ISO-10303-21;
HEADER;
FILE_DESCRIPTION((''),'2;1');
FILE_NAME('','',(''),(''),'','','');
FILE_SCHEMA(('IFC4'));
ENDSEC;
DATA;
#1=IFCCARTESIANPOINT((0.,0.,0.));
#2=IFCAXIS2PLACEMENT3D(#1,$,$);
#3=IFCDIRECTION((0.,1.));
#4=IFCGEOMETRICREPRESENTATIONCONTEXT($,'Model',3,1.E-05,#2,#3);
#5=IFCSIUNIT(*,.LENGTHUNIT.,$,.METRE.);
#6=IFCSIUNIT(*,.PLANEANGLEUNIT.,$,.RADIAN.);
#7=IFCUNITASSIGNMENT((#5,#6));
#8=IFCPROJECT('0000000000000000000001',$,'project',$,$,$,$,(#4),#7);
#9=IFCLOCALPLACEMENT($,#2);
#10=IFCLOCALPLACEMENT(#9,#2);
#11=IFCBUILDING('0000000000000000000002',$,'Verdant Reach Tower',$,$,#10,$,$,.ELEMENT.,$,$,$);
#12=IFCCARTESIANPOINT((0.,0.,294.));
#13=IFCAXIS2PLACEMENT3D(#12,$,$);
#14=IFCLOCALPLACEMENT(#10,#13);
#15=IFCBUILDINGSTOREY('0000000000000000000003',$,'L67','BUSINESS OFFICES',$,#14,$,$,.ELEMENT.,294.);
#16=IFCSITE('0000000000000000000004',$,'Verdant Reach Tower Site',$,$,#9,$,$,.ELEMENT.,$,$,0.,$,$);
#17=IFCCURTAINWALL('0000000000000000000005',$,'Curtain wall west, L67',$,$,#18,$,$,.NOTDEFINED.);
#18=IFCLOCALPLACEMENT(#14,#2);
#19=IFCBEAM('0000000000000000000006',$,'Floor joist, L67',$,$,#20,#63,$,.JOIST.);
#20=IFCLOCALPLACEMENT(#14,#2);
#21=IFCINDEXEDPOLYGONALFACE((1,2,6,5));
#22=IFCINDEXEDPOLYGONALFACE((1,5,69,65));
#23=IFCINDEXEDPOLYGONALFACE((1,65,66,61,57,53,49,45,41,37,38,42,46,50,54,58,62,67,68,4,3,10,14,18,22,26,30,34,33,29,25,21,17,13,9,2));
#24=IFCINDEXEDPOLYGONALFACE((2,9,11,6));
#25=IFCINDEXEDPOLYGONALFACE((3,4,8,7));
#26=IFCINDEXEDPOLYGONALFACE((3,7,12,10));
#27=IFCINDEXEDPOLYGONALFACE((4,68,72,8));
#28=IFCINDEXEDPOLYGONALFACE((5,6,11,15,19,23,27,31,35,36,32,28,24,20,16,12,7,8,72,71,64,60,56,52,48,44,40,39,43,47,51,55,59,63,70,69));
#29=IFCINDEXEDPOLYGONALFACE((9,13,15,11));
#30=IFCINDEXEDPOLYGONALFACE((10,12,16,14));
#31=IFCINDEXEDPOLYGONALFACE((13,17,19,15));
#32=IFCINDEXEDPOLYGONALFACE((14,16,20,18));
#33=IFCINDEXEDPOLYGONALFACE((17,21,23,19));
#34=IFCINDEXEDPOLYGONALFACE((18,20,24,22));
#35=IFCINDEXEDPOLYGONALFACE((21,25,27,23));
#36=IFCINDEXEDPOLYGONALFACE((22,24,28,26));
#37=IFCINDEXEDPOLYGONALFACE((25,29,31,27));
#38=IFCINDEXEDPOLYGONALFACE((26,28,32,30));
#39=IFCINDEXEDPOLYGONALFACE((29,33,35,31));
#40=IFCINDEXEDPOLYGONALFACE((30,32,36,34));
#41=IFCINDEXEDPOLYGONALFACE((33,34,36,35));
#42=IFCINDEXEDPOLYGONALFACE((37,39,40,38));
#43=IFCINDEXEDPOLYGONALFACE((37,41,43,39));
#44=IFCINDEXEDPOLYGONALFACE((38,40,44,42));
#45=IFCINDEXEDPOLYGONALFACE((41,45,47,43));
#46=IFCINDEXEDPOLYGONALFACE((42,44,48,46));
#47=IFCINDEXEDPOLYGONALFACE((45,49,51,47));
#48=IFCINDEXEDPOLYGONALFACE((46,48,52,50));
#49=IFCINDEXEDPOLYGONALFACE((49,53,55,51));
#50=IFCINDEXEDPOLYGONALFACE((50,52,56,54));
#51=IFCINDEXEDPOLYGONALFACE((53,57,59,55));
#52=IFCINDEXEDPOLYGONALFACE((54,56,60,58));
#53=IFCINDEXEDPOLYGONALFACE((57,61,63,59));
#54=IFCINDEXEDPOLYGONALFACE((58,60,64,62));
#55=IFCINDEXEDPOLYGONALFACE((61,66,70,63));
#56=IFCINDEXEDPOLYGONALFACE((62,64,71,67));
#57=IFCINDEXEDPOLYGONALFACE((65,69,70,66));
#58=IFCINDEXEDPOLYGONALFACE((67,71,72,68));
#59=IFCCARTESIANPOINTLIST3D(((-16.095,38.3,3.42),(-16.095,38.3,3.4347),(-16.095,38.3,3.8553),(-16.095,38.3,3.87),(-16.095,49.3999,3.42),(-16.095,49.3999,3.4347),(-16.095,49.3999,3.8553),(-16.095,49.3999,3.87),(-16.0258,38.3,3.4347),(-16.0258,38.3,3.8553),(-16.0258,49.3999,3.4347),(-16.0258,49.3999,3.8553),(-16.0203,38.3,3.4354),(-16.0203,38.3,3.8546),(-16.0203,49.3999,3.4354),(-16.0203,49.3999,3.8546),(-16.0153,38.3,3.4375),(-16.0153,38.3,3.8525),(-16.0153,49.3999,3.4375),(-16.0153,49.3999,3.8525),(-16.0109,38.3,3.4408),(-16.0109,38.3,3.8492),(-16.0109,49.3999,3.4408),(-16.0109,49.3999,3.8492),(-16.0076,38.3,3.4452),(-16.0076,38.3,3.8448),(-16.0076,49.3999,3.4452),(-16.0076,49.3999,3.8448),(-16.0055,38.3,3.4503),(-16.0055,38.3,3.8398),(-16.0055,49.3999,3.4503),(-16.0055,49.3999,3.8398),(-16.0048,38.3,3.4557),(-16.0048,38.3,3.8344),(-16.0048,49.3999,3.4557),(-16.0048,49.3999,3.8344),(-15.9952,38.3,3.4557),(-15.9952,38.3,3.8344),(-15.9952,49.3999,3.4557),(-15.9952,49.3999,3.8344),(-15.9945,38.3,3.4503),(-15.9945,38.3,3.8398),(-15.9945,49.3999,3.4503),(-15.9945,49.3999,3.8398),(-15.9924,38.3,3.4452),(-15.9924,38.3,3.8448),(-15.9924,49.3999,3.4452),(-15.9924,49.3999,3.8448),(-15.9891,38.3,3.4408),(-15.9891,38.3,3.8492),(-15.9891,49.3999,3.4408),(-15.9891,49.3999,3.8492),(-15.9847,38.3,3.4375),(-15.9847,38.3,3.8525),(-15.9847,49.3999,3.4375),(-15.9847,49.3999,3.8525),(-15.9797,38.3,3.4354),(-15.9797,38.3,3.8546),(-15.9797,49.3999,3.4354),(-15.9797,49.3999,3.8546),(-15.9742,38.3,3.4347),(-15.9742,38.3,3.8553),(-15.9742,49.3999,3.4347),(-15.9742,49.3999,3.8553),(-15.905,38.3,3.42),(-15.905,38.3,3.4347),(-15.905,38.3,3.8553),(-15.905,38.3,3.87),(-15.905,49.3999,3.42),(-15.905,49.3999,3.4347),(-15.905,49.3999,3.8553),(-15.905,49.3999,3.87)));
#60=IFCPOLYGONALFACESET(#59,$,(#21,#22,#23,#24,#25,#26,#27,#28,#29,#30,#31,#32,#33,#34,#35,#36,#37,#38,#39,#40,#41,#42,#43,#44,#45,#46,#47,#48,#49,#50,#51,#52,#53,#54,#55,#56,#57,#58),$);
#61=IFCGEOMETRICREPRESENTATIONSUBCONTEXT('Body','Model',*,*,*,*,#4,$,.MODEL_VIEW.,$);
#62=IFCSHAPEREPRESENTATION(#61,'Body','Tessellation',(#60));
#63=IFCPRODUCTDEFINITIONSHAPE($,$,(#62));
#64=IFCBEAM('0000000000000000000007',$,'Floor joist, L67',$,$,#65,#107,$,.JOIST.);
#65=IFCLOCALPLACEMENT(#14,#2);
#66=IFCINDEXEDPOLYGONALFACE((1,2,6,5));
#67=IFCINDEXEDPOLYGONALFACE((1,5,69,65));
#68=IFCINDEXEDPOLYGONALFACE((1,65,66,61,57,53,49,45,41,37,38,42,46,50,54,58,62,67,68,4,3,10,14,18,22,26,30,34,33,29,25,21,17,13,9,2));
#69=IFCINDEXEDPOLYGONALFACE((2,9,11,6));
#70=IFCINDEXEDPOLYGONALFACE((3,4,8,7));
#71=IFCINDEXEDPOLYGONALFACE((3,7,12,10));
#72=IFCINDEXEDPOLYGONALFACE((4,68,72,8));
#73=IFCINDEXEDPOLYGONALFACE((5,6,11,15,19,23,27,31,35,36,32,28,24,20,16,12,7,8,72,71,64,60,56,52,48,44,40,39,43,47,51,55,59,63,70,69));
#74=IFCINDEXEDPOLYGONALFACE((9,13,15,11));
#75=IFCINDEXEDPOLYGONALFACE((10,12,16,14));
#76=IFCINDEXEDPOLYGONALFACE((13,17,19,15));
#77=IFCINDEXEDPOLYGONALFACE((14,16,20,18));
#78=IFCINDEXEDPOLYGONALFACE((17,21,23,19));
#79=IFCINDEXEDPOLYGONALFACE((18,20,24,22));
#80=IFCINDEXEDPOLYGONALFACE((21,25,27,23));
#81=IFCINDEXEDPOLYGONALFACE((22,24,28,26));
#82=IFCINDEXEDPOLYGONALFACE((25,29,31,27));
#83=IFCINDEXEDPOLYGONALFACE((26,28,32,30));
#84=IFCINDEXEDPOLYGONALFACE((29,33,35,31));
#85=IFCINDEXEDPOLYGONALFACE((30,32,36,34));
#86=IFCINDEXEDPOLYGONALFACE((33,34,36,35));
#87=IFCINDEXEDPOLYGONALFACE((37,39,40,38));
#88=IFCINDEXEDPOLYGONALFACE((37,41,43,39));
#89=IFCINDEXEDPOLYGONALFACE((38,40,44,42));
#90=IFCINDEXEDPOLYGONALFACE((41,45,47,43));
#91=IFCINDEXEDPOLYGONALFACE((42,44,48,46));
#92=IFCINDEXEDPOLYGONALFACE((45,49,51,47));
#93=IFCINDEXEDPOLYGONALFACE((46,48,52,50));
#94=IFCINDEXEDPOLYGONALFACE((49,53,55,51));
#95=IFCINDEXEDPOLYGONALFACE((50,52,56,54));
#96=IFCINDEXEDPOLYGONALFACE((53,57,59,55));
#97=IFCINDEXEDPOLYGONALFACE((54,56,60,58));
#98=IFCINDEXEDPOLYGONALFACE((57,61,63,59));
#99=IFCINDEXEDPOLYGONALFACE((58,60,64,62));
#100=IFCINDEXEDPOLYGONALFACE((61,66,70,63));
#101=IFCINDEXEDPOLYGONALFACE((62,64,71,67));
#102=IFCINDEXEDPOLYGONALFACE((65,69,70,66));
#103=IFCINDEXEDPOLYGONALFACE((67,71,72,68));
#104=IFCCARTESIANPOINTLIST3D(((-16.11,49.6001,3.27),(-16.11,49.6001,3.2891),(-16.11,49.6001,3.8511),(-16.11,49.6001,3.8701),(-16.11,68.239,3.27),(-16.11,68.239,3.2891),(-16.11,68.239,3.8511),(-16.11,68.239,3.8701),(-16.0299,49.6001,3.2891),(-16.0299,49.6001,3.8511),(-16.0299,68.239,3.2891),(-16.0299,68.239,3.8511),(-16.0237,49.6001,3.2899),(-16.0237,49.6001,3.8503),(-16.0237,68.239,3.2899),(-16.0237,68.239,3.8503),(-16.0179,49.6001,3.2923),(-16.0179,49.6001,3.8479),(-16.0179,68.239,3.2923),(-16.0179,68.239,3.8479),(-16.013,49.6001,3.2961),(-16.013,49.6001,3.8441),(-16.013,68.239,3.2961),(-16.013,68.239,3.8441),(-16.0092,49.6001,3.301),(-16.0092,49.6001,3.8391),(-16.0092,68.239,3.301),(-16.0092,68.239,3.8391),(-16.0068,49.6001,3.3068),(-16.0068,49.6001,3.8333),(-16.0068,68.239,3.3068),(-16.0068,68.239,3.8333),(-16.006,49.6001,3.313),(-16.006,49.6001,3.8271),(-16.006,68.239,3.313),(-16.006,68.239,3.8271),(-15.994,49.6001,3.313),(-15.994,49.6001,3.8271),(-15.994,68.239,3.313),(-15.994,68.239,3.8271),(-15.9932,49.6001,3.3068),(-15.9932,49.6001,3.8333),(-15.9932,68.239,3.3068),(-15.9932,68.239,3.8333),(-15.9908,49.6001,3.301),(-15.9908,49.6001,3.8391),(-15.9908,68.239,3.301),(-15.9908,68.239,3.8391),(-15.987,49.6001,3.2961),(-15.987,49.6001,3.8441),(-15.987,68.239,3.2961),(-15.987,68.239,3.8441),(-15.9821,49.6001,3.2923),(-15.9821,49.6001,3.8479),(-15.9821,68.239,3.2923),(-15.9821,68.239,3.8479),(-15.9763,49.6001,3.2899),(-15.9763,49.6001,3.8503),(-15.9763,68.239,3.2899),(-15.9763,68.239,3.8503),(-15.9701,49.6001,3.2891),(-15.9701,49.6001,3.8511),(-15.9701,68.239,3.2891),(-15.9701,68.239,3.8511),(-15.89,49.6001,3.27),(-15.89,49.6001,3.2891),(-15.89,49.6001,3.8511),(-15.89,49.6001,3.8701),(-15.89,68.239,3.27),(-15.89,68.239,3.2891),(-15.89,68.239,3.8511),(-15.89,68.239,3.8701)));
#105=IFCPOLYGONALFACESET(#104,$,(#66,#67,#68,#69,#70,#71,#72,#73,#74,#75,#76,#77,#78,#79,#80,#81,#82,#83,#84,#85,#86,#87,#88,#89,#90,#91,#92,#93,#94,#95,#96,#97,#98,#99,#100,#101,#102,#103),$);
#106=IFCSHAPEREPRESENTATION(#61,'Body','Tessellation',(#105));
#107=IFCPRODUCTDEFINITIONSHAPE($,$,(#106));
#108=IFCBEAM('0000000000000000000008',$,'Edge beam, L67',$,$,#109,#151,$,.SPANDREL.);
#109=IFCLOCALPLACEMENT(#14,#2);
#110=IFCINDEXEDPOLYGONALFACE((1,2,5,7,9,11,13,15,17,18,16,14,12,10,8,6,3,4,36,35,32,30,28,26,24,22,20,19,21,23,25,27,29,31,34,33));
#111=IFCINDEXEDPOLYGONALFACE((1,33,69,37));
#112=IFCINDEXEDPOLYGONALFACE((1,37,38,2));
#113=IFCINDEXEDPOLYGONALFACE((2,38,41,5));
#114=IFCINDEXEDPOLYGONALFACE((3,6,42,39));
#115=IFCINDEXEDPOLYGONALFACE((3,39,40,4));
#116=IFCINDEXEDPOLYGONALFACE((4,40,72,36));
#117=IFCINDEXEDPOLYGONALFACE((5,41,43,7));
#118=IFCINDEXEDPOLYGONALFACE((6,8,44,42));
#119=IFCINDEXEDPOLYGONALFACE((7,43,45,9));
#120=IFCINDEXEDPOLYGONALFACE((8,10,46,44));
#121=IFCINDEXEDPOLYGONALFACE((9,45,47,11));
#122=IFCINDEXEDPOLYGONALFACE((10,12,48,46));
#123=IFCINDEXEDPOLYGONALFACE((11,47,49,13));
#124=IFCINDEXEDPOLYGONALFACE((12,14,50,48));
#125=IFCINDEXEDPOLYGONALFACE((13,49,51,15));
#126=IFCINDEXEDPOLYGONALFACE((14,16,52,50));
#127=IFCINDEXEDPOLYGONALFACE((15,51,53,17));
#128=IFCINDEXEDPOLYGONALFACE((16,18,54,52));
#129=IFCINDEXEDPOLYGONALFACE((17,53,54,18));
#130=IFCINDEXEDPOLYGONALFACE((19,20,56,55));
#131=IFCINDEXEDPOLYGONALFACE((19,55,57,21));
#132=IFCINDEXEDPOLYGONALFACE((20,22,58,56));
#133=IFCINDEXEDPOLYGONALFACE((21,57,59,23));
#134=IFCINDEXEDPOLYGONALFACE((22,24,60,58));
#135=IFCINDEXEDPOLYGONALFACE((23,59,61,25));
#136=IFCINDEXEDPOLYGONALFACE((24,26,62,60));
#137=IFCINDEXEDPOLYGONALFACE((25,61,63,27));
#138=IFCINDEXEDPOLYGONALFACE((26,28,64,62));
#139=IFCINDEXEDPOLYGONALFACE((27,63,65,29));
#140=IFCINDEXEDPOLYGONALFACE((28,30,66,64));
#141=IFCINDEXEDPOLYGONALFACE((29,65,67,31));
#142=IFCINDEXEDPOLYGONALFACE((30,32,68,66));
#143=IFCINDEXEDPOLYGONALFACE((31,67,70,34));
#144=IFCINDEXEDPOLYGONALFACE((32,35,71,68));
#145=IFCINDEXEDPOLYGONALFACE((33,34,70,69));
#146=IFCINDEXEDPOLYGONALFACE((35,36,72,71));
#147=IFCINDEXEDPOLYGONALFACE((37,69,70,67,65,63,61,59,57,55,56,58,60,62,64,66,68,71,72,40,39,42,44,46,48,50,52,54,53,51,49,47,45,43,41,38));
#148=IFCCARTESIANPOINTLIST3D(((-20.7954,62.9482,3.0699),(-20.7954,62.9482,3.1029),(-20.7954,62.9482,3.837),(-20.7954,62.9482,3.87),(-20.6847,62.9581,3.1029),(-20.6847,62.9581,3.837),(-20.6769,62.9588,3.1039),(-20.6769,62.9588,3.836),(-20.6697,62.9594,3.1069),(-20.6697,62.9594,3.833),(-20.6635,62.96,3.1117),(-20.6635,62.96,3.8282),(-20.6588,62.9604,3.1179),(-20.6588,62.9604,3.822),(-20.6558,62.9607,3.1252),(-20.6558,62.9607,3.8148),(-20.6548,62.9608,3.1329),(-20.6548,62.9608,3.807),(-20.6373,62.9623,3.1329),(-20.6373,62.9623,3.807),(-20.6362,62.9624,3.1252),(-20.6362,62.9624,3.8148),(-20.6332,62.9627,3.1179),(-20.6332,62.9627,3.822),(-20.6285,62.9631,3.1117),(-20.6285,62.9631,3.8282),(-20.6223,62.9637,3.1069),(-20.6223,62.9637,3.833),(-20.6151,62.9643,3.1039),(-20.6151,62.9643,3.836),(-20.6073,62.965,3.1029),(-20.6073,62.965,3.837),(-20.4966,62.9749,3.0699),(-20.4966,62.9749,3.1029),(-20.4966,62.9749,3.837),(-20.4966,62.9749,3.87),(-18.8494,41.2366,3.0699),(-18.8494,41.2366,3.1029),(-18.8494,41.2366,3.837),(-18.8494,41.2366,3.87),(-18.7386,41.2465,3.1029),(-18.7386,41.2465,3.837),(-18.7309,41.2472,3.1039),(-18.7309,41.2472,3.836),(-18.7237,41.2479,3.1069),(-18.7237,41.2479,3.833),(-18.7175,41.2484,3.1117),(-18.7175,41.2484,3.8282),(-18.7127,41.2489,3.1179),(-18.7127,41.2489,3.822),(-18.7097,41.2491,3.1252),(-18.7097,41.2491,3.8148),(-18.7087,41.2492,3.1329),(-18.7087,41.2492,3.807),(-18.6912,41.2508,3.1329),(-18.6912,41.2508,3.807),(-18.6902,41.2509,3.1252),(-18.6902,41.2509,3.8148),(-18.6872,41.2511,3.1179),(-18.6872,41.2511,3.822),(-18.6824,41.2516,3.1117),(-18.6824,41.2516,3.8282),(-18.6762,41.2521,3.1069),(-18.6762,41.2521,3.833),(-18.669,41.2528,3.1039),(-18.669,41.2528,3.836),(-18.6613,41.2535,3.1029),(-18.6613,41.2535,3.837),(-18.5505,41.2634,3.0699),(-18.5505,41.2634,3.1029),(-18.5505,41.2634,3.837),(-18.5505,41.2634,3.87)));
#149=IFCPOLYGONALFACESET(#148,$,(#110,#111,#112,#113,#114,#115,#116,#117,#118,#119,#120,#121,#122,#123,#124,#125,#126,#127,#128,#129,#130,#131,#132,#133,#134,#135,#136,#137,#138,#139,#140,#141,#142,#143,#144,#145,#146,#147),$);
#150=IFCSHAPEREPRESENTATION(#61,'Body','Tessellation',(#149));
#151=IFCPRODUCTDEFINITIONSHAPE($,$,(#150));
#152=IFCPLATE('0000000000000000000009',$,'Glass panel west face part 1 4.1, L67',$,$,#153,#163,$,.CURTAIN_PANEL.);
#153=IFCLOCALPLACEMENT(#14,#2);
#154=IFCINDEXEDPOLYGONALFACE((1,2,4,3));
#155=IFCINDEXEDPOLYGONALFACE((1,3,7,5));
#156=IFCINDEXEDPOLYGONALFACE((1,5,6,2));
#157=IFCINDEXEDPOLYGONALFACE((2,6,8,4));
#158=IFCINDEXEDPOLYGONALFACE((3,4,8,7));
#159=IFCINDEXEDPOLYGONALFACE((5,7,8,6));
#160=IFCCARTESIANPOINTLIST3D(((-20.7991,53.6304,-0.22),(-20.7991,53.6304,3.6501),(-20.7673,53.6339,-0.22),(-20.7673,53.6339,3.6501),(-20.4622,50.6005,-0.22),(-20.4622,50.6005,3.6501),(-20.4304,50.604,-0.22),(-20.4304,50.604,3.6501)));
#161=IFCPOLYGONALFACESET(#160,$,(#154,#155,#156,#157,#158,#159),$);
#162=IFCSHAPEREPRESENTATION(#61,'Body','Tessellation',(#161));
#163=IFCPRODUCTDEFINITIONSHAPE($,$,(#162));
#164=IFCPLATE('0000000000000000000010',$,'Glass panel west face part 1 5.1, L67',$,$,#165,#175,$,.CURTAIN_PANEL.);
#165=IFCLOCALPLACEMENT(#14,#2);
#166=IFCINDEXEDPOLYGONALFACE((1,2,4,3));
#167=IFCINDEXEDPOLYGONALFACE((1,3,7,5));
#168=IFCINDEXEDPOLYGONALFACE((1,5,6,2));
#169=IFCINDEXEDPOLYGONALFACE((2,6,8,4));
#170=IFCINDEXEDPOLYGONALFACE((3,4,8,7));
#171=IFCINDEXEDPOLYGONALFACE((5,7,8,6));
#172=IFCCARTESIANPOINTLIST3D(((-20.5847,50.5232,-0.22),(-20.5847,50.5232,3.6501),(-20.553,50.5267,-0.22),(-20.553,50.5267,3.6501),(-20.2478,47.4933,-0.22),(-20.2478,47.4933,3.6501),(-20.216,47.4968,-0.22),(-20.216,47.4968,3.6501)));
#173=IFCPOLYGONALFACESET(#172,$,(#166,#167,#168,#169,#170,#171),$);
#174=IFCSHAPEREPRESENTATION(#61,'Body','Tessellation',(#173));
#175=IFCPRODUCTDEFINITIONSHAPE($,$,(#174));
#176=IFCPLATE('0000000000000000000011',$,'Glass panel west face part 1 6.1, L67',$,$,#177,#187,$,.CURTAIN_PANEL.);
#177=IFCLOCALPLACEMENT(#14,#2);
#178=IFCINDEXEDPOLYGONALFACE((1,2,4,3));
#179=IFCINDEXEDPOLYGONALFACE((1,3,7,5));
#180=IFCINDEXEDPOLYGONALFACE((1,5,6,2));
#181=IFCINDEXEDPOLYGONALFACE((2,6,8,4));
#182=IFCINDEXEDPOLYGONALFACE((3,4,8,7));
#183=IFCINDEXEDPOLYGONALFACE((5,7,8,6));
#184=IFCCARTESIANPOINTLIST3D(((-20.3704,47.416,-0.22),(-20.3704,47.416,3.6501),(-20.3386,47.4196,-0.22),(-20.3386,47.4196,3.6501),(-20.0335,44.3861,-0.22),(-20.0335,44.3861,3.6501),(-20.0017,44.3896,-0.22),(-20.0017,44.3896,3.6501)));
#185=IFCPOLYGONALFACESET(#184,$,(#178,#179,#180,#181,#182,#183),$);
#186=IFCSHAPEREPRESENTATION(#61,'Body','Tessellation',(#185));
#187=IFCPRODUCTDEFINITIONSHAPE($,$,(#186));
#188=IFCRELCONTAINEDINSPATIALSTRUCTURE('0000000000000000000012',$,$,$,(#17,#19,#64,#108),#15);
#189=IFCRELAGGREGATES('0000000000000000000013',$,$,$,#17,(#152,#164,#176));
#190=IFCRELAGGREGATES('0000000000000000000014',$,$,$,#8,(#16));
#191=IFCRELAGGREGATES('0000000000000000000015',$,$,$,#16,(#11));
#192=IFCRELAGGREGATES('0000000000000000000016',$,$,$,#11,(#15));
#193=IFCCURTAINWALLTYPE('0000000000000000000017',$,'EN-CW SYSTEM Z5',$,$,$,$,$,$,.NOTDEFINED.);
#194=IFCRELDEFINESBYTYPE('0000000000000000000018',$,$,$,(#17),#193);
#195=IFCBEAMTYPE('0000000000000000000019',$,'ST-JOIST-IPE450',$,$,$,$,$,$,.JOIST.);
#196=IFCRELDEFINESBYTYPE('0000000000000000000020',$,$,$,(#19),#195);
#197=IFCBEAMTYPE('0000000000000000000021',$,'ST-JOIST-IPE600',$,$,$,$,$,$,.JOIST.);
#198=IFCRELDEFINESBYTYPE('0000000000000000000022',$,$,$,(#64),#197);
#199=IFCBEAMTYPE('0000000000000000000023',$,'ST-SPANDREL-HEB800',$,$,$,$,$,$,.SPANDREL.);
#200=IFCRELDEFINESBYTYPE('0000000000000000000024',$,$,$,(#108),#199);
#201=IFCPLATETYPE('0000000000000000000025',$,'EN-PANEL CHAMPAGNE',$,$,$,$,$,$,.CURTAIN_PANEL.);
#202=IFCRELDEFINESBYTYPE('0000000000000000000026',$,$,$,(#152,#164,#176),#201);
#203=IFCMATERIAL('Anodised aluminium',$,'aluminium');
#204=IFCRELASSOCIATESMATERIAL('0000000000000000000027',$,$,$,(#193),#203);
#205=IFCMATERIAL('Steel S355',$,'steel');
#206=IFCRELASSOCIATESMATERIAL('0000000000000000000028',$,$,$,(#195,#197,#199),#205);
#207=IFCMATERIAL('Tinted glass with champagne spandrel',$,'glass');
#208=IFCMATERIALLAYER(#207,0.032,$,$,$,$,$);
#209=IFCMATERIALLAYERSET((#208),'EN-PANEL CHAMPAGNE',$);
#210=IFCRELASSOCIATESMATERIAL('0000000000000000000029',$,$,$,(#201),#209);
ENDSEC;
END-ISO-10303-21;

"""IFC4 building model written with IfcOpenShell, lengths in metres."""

from ifc_helpers import new_model, si_unit, direction, frame, origin, origin_2d, place, context, subcontext, project, spatial, rectangle, i_section, extrude, material, layer, layer_set, material_profile, profile_set, type_object, element, aggregate, save


model = new_model("IFC4")

# Units and contexts
model_context = context("Model", 3, precision=1e-05, world=origin(), true_north=direction((0.0, 1.0)))
body_context = subcontext(model_context, "Body", "Model", "MODEL_VIEW")
ifc_project = project(units=[si_unit("LENGTHUNIT", "METRE"), si_unit("PLANEANGLEUNIT", "RADIAN")], contexts=[model_context])

# Site, building, storey
site_placement = place(None, origin())
site = spatial("IfcSite", under=ifc_project, at=site_placement, Name="Verdant Reach Tower Site", CompositionType="ELEMENT", RefElevation=0.0)
building_placement = place(site_placement, origin())
building = spatial("IfcBuilding", under=site, at=building_placement, Name="Verdant Reach Tower", CompositionType="ELEMENT")
storey_placement = place(building_placement, frame((0.0, 0.0, 294.0)))
storey = spatial("IfcBuildingStorey", under=building, at=storey_placement, Name="L67", Description="BUSINESS OFFICES", CompositionType="ELEMENT", Elevation=294.0)

# Curtain wall
ifc_material_1 = material(Name="Anodised aluminium", Category="aluminium")
curtain_wall_type = type_object("IfcCurtainWallType", Name="EN-CW SYSTEM Z5", PredefinedType="NOTDEFINED", material=ifc_material_1)
curtain_wall_placement = place(storey_placement, origin())
curtain_wall = element("IfcCurtainWall", 1, at=curtain_wall_placement, inside=storey, type_object=curtain_wall_type, Name="Curtain wall west, L67", PredefinedType="NOTDEFINED")

# Beams
ifc_material_2 = material(Name="Steel S355", Category="steel")
ifc_material_profile_1 = material_profile(ifc_material_2, i_section(OverallWidth=0.1899, OverallDepth=0.45, WebThickness=0.0095, FlangeThickness=0.0146, FilletRadius=0.021, at=origin_2d()), Name="IPE 450")
ifc_profile_set_1 = profile_set([ifc_material_profile_1], Name="Steel S355")
beam_type_1 = type_object("IfcBeamType", Name="ST-JOIST-IPE450", PredefinedType="JOIST", material=ifc_profile_set_1)
beam_1_placement = place(storey_placement, frame((-16.0, 38.3, 3.645), z_axis=(0.0, 1.0, 0.0), x_axis=(-1.0, 0.0, 0.0)))
element("IfcBeam", 2, at=beam_1_placement, inside=storey, type_object=beam_type_1, Name="Floor joist, L67", PredefinedType="JOIST", context=body_context, shape_type="SweptSolid", body=[
    extrude(i_section(OverallWidth=0.1899, OverallDepth=0.45, WebThickness=0.0095, FlangeThickness=0.0146, FilletRadius=0.021, at=origin_2d()), origin(), (0.0, 0.0, 1.0), 11.0999),
])
ifc_material_profile_2 = material_profile(ifc_material_2, i_section(OverallWidth=0.22, OverallDepth=0.6001, WebThickness=0.012, FlangeThickness=0.019, FilletRadius=0.0239, at=origin_2d()), Name="IPE 600")
ifc_profile_set_2 = profile_set([ifc_material_profile_2], Name="Steel S355")
beam_type_2 = type_object("IfcBeamType", Name="ST-JOIST-IPE600", PredefinedType="JOIST", material=ifc_profile_set_2)
beam_2_placement = place(storey_placement, frame((-16.0, 49.6001, 3.5701), z_axis=(0.0, 1.0, 0.0), x_axis=(-1.0, 0.0, 0.0)))
element("IfcBeam", 3, at=beam_2_placement, inside=storey, type_object=beam_type_2, Name="Floor joist, L67", PredefinedType="JOIST", context=body_context, shape_type="SweptSolid", body=[
    extrude(i_section(OverallWidth=0.22, OverallDepth=0.6001, WebThickness=0.012, FlangeThickness=0.019, FilletRadius=0.0239, at=origin_2d()), origin(), (0.0, 0.0, 1.0), 18.6389),
])
ifc_material_profile_3 = material_profile(ifc_material_2, i_section(OverallWidth=0.3, OverallDepth=0.8, WebThickness=0.0176, FlangeThickness=0.033, FilletRadius=0.03, at=origin_2d()), Name="HEB 800")
ifc_profile_set_3 = profile_set([ifc_material_profile_3], Name="Steel S355")
beam_type_3 = type_object("IfcBeamType", Name="ST-SPANDREL-HEB800", PredefinedType="SPANDREL", material=ifc_profile_set_3)
beam_3_placement = place(storey_placement, frame((-18.7, 41.25, 3.47), z_axis=(-0.089274, 0.996007, 0.0), x_axis=(-0.996007, -0.089274, 0.0)))
element("IfcBeam", 4, at=beam_3_placement, inside=storey, type_object=beam_type_3, Name="Edge beam, L67", PredefinedType="SPANDREL", context=body_context, shape_type="SweptSolid", body=[
    extrude(i_section(OverallWidth=0.3, OverallDepth=0.8, WebThickness=0.0176, FlangeThickness=0.033, FilletRadius=0.03, at=origin_2d()), origin(), (0.0, 0.0, 1.0), 21.7986),
])

# Plates
ifc_material_3 = material(Name="Tinted glass with champagne spandrel", Category="glass")
ifc_layer_1 = layer(ifc_material_3, 0.032)
ifc_layer_set_1 = layer_set([ifc_layer_1], Name="EN-PANEL CHAMPAGNE")
plate_type_1 = type_object("IfcPlateType", Name="EN-PANEL CHAMPAGNE", PredefinedType="CURTAIN_PANEL", material=ifc_layer_set_1)
plate_1_placement = place(storey_placement, frame((-20.6147, 52.1172, -0.22), z_axis=(0.0, 0.0, 1.0), x_axis=(0.110518, -0.993874, 0.0)))
plate_1 = element("IfcPlate", 5, at=plate_1_placement, type_object=plate_type_1, Name="Glass panel west face part 1 4.1, L67", PredefinedType="CURTAIN_PANEL", context=body_context, shape_type="SweptSolid", body=[
    extrude(rectangle(XDim=3.0486, YDim=0.032, at=origin_2d()), origin(), (0.0, 0.0, 1.0), 3.8701),
])
plate_2_placement = place(storey_placement, frame((-20.4004, 49.01, -0.22), z_axis=(0.0, 0.0, 1.0), x_axis=(0.110518, -0.993874, 0.0)))
plate_2 = element("IfcPlate", 6, at=plate_2_placement, type_object=plate_type_1, Name="Glass panel west face part 1 5.1, L67", PredefinedType="CURTAIN_PANEL", context=body_context, shape_type="SweptSolid", body=[
    extrude(rectangle(XDim=3.0486, YDim=0.032, at=origin_2d()), origin(), (0.0, 0.0, 1.0), 3.8701),
])
plate_3_placement = place(storey_placement, frame((-20.186, 45.9028, -0.22), z_axis=(0.0, 0.0, 1.0), x_axis=(0.110518, -0.993874, 0.0)))
plate_3 = element("IfcPlate", 7, at=plate_3_placement, type_object=plate_type_1, Name="Glass panel west face part 1 6.1, L67", PredefinedType="CURTAIN_PANEL", context=body_context, shape_type="SweptSolid", body=[
    extrude(rectangle(XDim=3.0486, YDim=0.032, at=origin_2d()), origin(), (0.0, 0.0, 1.0), 3.8701),
])
aggregate(curtain_wall, [plate_1, plate_2, plate_3])

save(model, "model.ifc")
